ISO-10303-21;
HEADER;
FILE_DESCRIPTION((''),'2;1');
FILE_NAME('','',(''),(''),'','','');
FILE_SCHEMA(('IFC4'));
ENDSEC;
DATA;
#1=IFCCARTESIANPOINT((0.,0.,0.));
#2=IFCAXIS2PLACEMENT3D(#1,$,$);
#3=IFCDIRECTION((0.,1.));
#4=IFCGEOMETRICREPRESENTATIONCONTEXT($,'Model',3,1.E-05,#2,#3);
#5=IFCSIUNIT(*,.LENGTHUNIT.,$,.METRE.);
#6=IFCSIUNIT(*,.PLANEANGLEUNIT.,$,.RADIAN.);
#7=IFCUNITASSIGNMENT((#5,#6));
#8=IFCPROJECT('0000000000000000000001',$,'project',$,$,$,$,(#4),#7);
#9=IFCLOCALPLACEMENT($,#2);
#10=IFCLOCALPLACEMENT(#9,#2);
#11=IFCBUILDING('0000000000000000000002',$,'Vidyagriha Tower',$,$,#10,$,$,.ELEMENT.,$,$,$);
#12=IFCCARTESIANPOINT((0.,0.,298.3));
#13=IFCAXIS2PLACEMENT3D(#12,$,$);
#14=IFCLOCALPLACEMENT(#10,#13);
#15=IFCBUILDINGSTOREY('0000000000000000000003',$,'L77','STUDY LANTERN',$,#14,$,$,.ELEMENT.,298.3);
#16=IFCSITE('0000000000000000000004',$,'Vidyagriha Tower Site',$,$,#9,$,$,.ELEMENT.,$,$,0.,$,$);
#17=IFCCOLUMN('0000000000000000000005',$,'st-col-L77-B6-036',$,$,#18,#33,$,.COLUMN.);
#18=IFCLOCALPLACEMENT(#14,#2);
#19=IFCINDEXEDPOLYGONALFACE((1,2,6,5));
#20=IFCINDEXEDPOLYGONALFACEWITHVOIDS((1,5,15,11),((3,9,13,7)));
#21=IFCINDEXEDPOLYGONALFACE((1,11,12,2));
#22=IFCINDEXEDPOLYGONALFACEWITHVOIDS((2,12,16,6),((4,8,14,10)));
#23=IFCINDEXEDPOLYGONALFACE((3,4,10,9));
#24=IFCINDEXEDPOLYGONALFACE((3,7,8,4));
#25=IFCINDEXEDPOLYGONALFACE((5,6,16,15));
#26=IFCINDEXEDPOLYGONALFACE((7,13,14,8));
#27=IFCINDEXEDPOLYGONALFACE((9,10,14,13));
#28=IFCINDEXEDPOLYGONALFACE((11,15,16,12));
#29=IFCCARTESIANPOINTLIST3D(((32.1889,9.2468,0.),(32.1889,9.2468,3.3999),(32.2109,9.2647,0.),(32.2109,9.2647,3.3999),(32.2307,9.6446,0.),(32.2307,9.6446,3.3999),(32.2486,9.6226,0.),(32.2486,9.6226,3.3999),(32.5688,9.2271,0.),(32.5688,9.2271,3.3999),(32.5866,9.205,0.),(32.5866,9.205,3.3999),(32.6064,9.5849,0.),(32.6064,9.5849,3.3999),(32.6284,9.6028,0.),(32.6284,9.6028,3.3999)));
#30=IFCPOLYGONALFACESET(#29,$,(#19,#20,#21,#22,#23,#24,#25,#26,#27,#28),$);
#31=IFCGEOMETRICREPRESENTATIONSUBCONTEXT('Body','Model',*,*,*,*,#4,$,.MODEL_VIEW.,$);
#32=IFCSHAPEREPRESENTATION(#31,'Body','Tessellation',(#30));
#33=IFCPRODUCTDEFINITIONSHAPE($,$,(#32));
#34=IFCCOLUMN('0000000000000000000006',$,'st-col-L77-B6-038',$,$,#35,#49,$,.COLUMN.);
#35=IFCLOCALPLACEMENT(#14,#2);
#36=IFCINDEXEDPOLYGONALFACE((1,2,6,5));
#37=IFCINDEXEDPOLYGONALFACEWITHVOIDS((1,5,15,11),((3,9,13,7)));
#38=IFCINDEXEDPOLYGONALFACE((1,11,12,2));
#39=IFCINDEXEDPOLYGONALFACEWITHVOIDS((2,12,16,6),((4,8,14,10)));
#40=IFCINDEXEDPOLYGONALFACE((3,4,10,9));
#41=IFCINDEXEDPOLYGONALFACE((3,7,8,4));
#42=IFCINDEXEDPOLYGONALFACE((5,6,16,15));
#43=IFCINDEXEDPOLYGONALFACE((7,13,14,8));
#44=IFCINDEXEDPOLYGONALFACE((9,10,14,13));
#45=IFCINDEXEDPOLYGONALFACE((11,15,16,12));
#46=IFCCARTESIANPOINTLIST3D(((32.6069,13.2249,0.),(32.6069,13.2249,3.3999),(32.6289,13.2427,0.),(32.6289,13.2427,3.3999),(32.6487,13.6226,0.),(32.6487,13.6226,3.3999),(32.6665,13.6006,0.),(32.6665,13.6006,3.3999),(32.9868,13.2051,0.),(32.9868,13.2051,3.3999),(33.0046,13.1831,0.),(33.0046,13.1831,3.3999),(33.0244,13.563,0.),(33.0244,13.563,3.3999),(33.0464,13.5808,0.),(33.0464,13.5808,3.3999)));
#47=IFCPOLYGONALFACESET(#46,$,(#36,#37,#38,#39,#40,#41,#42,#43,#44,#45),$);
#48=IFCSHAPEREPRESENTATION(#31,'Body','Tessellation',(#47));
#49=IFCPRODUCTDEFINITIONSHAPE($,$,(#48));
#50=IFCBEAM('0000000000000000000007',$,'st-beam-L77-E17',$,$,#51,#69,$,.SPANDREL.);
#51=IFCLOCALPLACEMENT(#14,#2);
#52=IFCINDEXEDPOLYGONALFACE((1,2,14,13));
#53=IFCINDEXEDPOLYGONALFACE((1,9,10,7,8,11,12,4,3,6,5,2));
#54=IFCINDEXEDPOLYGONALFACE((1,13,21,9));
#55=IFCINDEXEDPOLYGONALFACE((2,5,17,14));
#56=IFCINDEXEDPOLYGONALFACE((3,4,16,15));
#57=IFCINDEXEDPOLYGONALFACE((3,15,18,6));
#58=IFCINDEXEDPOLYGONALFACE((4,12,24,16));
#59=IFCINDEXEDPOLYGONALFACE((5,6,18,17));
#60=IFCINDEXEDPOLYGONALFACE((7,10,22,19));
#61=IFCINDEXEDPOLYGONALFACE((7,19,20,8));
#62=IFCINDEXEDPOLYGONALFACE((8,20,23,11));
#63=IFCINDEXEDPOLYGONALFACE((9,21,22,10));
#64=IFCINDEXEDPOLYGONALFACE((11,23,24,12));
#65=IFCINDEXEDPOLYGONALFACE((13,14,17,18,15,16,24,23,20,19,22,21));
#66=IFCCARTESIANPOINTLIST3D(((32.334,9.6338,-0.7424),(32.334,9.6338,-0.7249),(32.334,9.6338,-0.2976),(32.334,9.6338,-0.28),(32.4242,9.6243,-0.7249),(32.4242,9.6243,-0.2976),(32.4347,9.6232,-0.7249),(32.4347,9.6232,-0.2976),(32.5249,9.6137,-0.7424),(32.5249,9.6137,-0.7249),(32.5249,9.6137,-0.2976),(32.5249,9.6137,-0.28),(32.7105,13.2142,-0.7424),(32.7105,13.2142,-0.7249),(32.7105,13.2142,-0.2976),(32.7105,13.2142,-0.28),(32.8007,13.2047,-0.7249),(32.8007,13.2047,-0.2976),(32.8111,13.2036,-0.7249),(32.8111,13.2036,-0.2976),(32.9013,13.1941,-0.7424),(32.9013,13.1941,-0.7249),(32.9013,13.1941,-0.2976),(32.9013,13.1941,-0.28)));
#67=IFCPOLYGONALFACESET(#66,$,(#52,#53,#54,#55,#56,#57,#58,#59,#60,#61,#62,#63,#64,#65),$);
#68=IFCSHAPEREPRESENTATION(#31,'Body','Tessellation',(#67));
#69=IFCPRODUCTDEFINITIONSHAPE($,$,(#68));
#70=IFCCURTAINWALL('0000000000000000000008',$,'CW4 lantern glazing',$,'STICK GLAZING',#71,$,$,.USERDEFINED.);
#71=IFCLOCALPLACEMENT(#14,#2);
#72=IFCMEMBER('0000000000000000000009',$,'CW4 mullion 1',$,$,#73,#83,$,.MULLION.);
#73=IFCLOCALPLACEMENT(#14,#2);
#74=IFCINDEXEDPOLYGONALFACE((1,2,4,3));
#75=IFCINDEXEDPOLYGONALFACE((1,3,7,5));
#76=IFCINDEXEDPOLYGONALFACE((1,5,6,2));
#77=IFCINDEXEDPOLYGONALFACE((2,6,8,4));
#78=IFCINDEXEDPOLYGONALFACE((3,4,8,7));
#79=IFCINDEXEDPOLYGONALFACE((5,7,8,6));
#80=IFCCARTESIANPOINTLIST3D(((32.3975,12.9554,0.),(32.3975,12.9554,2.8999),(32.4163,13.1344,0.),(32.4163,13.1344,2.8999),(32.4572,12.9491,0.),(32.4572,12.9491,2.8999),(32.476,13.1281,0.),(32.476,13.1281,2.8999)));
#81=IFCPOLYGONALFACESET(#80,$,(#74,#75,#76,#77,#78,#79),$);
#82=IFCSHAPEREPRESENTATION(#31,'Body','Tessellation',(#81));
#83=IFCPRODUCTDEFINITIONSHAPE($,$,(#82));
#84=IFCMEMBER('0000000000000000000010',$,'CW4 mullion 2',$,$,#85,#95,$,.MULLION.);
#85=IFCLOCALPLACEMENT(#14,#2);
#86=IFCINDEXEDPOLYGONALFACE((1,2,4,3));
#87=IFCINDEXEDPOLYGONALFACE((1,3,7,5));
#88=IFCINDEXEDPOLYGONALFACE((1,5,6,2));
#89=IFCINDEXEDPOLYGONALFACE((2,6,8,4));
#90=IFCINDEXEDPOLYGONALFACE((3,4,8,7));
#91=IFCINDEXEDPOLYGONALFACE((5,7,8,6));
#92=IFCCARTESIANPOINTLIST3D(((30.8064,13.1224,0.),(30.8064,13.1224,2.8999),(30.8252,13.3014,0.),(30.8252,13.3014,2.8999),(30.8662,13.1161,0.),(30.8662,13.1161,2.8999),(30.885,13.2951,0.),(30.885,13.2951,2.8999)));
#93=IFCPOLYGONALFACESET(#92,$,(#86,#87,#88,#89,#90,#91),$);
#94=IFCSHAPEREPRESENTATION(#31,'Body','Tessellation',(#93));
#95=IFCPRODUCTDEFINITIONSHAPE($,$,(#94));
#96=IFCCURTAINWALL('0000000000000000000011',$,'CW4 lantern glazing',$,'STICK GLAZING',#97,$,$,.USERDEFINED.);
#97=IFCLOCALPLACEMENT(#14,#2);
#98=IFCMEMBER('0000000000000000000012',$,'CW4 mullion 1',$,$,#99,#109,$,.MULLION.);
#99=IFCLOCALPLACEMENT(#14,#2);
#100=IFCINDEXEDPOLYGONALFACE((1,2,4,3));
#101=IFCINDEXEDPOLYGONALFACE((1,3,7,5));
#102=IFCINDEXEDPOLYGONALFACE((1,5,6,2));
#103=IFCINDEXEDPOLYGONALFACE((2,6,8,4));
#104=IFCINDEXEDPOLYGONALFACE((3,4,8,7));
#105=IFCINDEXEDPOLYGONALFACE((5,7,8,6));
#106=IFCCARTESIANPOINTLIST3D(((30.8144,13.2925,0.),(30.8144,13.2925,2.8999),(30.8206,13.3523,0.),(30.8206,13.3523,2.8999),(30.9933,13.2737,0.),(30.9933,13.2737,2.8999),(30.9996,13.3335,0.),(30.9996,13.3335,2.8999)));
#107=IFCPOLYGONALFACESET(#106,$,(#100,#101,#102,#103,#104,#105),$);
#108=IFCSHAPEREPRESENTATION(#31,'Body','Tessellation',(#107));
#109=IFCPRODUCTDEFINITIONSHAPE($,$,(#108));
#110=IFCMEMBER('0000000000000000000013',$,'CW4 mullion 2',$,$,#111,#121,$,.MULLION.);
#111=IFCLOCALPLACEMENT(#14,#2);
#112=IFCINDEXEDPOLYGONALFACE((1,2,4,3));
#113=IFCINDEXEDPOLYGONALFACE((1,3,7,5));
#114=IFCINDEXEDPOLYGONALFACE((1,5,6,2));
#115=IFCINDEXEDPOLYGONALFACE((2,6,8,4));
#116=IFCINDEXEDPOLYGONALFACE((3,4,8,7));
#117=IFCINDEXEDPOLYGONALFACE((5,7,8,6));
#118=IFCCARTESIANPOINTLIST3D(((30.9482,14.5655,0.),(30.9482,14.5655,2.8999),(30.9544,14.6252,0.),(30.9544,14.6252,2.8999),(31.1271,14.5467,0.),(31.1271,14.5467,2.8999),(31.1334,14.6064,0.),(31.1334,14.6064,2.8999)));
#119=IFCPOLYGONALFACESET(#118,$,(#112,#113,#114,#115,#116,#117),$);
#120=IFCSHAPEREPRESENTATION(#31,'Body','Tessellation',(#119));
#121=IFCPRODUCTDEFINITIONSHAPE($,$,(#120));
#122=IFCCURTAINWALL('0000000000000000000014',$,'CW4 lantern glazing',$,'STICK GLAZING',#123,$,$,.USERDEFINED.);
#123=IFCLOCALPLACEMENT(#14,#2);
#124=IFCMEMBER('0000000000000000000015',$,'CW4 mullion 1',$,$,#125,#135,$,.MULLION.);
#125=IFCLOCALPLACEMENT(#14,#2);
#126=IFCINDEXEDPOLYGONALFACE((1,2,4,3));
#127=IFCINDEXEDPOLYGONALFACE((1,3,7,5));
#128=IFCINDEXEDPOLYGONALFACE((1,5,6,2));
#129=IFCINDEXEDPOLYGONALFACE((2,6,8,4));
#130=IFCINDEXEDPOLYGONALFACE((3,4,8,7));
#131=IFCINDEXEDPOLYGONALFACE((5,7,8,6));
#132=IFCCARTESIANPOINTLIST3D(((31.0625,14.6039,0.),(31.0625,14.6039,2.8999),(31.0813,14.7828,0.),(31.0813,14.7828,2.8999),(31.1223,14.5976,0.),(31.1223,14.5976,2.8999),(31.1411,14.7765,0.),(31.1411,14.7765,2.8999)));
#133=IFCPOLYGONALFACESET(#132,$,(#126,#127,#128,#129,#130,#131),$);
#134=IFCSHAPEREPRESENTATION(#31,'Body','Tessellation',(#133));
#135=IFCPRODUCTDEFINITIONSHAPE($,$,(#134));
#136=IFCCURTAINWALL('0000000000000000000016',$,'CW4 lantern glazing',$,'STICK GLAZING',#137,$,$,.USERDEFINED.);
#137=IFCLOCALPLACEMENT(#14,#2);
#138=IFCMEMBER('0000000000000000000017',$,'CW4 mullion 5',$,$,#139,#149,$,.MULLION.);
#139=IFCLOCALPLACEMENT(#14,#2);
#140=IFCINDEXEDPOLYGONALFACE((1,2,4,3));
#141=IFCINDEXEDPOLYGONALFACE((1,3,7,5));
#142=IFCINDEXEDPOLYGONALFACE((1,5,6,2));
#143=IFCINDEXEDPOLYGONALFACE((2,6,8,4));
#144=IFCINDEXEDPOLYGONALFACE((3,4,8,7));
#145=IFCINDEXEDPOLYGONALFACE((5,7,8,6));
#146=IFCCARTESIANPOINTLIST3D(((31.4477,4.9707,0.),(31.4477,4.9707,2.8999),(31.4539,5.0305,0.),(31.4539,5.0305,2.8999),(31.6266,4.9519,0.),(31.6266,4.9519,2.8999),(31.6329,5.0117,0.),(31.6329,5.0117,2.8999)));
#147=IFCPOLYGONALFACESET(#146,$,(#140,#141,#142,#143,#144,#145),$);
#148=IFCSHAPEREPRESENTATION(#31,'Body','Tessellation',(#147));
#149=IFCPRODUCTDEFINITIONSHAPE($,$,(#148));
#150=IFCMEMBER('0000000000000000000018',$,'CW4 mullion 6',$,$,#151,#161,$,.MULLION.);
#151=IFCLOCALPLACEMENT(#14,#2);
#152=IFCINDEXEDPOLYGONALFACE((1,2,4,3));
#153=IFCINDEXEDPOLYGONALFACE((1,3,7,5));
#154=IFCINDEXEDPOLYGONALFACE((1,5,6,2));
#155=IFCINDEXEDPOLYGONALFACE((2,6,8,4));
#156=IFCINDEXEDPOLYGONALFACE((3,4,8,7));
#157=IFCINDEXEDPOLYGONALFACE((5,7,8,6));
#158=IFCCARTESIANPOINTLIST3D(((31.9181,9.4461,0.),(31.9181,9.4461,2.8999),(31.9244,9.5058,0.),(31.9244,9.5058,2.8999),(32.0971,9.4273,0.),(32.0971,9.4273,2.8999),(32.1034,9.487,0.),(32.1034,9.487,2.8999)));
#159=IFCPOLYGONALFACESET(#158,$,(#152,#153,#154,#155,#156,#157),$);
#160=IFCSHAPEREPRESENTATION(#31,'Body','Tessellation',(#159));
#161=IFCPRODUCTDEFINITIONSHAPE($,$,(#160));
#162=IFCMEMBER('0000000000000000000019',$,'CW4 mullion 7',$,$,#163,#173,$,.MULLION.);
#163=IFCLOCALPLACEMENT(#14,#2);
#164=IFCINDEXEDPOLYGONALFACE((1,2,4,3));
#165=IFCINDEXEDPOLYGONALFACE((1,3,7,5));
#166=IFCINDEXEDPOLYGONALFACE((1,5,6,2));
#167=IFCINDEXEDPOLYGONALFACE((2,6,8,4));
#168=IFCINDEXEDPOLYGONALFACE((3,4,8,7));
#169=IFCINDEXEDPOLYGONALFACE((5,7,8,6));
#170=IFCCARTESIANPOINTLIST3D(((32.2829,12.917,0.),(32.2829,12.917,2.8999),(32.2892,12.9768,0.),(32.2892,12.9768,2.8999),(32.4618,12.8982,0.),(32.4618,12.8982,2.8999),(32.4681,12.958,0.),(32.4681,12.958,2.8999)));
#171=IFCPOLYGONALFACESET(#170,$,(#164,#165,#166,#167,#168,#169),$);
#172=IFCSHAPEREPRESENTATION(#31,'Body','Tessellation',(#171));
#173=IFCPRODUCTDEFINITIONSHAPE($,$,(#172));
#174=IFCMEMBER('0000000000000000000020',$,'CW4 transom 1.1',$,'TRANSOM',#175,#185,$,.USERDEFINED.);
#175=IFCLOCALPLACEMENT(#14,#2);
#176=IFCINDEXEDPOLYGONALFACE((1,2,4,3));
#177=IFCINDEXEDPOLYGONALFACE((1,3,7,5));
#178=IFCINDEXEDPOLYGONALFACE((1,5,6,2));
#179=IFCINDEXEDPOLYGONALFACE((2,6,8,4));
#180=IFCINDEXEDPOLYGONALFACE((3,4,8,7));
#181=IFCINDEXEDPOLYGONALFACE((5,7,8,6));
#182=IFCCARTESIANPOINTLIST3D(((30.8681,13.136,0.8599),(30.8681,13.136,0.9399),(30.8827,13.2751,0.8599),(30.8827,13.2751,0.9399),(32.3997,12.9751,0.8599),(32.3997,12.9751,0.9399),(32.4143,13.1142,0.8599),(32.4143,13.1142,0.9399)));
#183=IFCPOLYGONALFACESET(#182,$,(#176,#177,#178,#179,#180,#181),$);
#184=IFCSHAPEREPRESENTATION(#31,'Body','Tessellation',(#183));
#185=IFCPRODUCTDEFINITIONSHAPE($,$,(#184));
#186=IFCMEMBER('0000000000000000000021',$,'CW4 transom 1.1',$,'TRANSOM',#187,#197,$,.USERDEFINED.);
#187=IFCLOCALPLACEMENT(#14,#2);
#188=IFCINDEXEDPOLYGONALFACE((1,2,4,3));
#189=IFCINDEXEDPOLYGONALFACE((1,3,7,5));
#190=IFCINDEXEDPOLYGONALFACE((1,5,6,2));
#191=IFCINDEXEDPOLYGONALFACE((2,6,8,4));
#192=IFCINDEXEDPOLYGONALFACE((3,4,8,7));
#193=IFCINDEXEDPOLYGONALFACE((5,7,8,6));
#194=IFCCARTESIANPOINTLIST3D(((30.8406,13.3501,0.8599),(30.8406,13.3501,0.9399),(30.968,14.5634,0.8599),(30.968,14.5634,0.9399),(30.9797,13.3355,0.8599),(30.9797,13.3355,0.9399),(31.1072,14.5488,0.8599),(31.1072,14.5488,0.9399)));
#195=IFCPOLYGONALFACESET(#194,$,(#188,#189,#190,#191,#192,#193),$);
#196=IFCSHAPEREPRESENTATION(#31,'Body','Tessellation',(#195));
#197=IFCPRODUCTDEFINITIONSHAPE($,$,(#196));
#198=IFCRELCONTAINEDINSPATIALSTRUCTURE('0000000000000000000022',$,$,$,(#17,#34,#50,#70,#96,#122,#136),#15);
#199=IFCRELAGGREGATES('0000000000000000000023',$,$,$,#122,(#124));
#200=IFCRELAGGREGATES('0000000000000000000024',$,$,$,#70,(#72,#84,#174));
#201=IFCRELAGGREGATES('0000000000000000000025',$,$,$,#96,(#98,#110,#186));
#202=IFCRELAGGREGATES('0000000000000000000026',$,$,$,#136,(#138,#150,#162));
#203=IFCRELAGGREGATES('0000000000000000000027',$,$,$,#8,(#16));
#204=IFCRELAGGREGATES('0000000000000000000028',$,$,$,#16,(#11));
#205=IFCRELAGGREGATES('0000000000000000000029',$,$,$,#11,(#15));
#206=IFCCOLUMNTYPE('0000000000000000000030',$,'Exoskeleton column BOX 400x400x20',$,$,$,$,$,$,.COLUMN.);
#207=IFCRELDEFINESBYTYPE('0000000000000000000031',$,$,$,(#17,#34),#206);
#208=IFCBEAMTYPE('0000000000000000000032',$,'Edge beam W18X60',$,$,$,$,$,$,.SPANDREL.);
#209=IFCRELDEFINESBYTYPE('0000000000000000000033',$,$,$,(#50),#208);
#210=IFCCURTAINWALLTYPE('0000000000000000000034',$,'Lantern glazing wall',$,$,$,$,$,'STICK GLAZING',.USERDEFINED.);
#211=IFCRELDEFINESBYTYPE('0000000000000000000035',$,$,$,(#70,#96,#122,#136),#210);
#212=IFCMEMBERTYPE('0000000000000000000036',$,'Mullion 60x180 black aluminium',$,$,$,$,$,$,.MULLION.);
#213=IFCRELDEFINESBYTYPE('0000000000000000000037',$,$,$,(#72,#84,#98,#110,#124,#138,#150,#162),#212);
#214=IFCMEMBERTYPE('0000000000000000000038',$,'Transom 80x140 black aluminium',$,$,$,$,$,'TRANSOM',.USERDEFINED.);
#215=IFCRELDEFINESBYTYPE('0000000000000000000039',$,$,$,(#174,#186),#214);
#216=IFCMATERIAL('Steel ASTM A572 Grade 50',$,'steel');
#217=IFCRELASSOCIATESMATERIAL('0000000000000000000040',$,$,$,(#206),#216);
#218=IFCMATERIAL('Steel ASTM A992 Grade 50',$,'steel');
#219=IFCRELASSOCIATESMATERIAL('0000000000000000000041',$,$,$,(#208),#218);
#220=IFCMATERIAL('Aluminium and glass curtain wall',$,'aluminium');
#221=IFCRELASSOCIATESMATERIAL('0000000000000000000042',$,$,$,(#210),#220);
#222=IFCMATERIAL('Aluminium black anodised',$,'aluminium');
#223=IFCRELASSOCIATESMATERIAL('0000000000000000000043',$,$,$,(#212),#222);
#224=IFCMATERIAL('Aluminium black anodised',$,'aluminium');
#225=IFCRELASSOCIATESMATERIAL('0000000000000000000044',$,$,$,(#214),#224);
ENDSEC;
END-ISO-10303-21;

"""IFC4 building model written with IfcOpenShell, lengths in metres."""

from ifc_helpers import new_model, si_unit, direction, frame, origin, origin_2d, place, context, subcontext, project, spatial, rectangle, hollow_rectangle, i_section, extrude, material, material_profile, profile_set, type_object, element, aggregate, save


model = new_model("IFC4")

# Units and contexts
model_context = context("Model", 3, precision=1e-05, world=origin(), true_north=direction((0.0, 1.0)))
body_context = subcontext(model_context, "Body", "Model", "MODEL_VIEW")
ifc_project = project(units=[si_unit("LENGTHUNIT", "METRE"), si_unit("PLANEANGLEUNIT", "RADIAN")], contexts=[model_context])

# Site, building, storey
site_placement = place(None, origin())
site = spatial("IfcSite", under=ifc_project, at=site_placement, Name="Vidyagriha Tower Site", CompositionType="ELEMENT", RefElevation=0.0)
building_placement = place(site_placement, origin())
building = spatial("IfcBuilding", under=site, at=building_placement, Name="Vidyagriha Tower", CompositionType="ELEMENT")
storey_placement = place(building_placement, frame((0.0, 0.0, 298.3)))
storey = spatial("IfcBuildingStorey", under=building, at=storey_placement, Name="L77", Description="STUDY LANTERN", CompositionType="ELEMENT", Elevation=298.3)

# Columns
ifc_material_1 = material(Name="Steel ASTM A572 Grade 50", Category="steel")
ifc_material_profile_1 = material_profile(ifc_material_1, hollow_rectangle(XDim=0.3999, YDim=0.3999, WallThickness=0.02, at=origin_2d()), Name="BOX 400x400x20")
ifc_profile_set_1 = profile_set([ifc_material_profile_1], Name="Steel ASTM A572 Grade 50")
column_type = type_object("IfcColumnType", Name="Exoskeleton column BOX 400x400x20", PredefinedType="COLUMN", material=ifc_profile_set_1)
for number, where, z_axis, x_axis, name in (
    (1, (32.4087, 9.4248, 0.0), (0.0, 0.0, 1.0), (0.994522, -0.104528, 0.0), "st-col-L77-B6-036"),
    (2, (32.8267, 13.4028, 0.0), (0.0, 0.0, 1.0), (0.994522, -0.104528, 0.0), "st-col-L77-B6-038"),
):
    element("IfcColumn", number, at=place(storey_placement, frame(where, z_axis=z_axis, x_axis=x_axis)), inside=storey, type_object=column_type, Name=name, PredefinedType="COLUMN", context=body_context, shape_type="SweptSolid", body=[
        extrude(hollow_rectangle(XDim=0.3999, YDim=0.3999, WallThickness=0.02, at=origin_2d()), origin(), (0.0, 0.0, 1.0), 3.3999),
    ])

# Beam
ifc_material_2 = material(Name="Steel ASTM A992 Grade 50", Category="steel")
ifc_material_profile_2 = material_profile(ifc_material_2, i_section(OverallWidth=0.1919, OverallDepth=0.4624, WebThickness=0.0105, FlangeThickness=0.0176, at=origin_2d()), Name="W18X60")
ifc_profile_set_2 = profile_set([ifc_material_profile_2], Name="Steel ASTM A992 Grade 50")
beam_type = type_object("IfcBeamType", Name="Edge beam W18X60", PredefinedType="SPANDREL", material=ifc_profile_set_2)
beam_placement = place(storey_placement, frame((32.4294, 9.6238, -0.5112), z_axis=(0.104572, 0.994517, 0.0), x_axis=(-0.994517, 0.104572, 0.0)))
element("IfcBeam", 3, at=beam_placement, inside=storey, type_object=beam_type, Name="st-beam-L77-E17", PredefinedType="SPANDREL", context=body_context, shape_type="SweptSolid", body=[
    extrude(i_section(OverallWidth=0.1919, OverallDepth=0.4624, WebThickness=0.0105, FlangeThickness=0.0176, at=origin_2d()), origin(), (0.0, 0.0, 1.0), 3.6001),
])

# Curtain walls, members
ifc_material_3 = material(Name="Aluminium and glass curtain wall", Category="aluminium")
curtain_wall_type = type_object("IfcCurtainWallType", Name="Lantern glazing wall", ElementType="STICK GLAZING", PredefinedType="USERDEFINED", material=ifc_material_3)
curtain_wall_1_placement = place(storey_placement, origin())
curtain_wall_1 = element("IfcCurtainWall", 4, at=curtain_wall_1_placement, inside=storey, type_object=curtain_wall_type, Name="CW4 lantern glazing", ObjectType="STICK GLAZING", PredefinedType="USERDEFINED")
ifc_material_4 = material(Name="Aluminium black anodised", Category="aluminium")
ifc_material_profile_3 = material_profile(ifc_material_4, rectangle(XDim=0.1799, YDim=0.0601, at=origin_2d()), Name="Mullion 60x180 black aluminium")
ifc_profile_set_3 = profile_set([ifc_material_profile_3], Name="Aluminium black anodised")
member_type_1 = type_object("IfcMemberType", Name="Mullion 60x180 black aluminium", PredefinedType="MULLION", material=ifc_profile_set_3)
member_1_placement = place(storey_placement, frame((32.4368, 13.0417, 0.0), z_axis=(0.0, 0.0, 1.0), x_axis=(-0.104465, -0.994529, 0.0)))
member_1 = element("IfcMember", 5, at=member_1_placement, type_object=member_type_1, Name="CW4 mullion 1", PredefinedType="MULLION", context=body_context, shape_type="SweptSolid", body=[
    extrude(rectangle(XDim=0.1799, YDim=0.0601, at=origin_2d()), origin(), (0.0, 0.0, 1.0), 2.8999),
])
member_2_placement = place(storey_placement, frame((30.8457, 13.2087, 0.0), z_axis=(0.0, 0.0, 1.0), x_axis=(-0.104465, -0.994529, 0.0)))
member_2 = element("IfcMember", 6, at=member_2_placement, type_object=member_type_1, Name="CW4 mullion 2", PredefinedType="MULLION", context=body_context, shape_type="SweptSolid", body=[
    extrude(rectangle(XDim=0.1799, YDim=0.0601, at=origin_2d()), origin(), (0.0, 0.0, 1.0), 2.8999),
])
curtain_wall_2_placement = place(storey_placement, origin())
curtain_wall_2 = element("IfcCurtainWall", 7, at=curtain_wall_2_placement, inside=storey, type_object=curtain_wall_type, Name="CW4 lantern glazing", ObjectType="STICK GLAZING", PredefinedType="USERDEFINED")
member_3_placement = place(storey_placement, frame((30.907, 13.313, 0.0), z_axis=(0.0, 0.0, 1.0), x_axis=(-0.994528, 0.104475, 0.0)))
member_3 = element("IfcMember", 8, at=member_3_placement, type_object=member_type_1, Name="CW4 mullion 1", PredefinedType="MULLION", context=body_context, shape_type="SweptSolid", body=[
    extrude(rectangle(XDim=0.1799, YDim=0.0601, at=origin_2d()), origin(), (0.0, 0.0, 1.0), 2.8999),
])
member_4_placement = place(storey_placement, frame((31.0408, 14.5859, 0.0), z_axis=(0.0, 0.0, 1.0), x_axis=(-0.994528, 0.104475, 0.0)))
member_4 = element("IfcMember", 9, at=member_4_placement, type_object=member_type_1, Name="CW4 mullion 2", PredefinedType="MULLION", context=body_context, shape_type="SweptSolid", body=[
    extrude(rectangle(XDim=0.1799, YDim=0.0601, at=origin_2d()), origin(), (0.0, 0.0, 1.0), 2.8999),
])

# Curtain wall, member
curtain_wall_3_placement = place(storey_placement, origin())
curtain_wall_3 = element("IfcCurtainWall", 10, at=curtain_wall_3_placement, inside=storey, type_object=curtain_wall_type, Name="CW4 lantern glazing", ObjectType="STICK GLAZING", PredefinedType="USERDEFINED")
member_5_placement = place(storey_placement, frame((31.1018, 14.6902, 0.0), z_axis=(0.0, 0.0, 1.0), x_axis=(-0.104519, -0.994523, 0.0)))
member_5 = element("IfcMember", 11, at=member_5_placement, type_object=member_type_1, Name="CW4 mullion 1", PredefinedType="MULLION", context=body_context, shape_type="SweptSolid", body=[
    extrude(rectangle(XDim=0.1799, YDim=0.0601, at=origin_2d()), origin(), (0.0, 0.0, 1.0), 2.8999),
])
aggregate(curtain_wall_3, [member_5])

# Curtain wall, members
curtain_wall_4_placement = place(storey_placement, origin())
curtain_wall_4 = element("IfcCurtainWall", 12, at=curtain_wall_4_placement, inside=storey, type_object=curtain_wall_type, Name="CW4 lantern glazing", ObjectType="STICK GLAZING", PredefinedType="USERDEFINED")
member_6_placement = place(storey_placement, frame((31.5403, 4.9912, 0.0), z_axis=(0.0, 0.0, 1.0), x_axis=(-0.994522, 0.104527, 0.0)))
member_6 = element("IfcMember", 13, at=member_6_placement, type_object=member_type_1, Name="CW4 mullion 5", PredefinedType="MULLION", context=body_context, shape_type="SweptSolid", body=[
    extrude(rectangle(XDim=0.1799, YDim=0.0601, at=origin_2d()), origin(), (0.0, 0.0, 1.0), 2.8999),
])
member_7_placement = place(storey_placement, frame((32.0107, 9.4666, 0.0), z_axis=(0.0, 0.0, 1.0), x_axis=(-0.994522, 0.104527, 0.0)))
member_7 = element("IfcMember", 14, at=member_7_placement, type_object=member_type_1, Name="CW4 mullion 6", PredefinedType="MULLION", context=body_context, shape_type="SweptSolid", body=[
    extrude(rectangle(XDim=0.1799, YDim=0.0601, at=origin_2d()), origin(), (0.0, 0.0, 1.0), 2.8999),
])
member_8_placement = place(storey_placement, frame((32.3755, 12.9375, 0.0), z_axis=(0.0, 0.0, 1.0), x_axis=(-0.994522, 0.104527, 0.0)))
member_8 = element("IfcMember", 15, at=member_8_placement, type_object=member_type_1, Name="CW4 mullion 7", PredefinedType="MULLION", context=body_context, shape_type="SweptSolid", body=[
    extrude(rectangle(XDim=0.1799, YDim=0.0601, at=origin_2d()), origin(), (0.0, 0.0, 1.0), 2.8999),
])

# Members
ifc_material_5 = material(Name="Aluminium black anodised", Category="aluminium")
ifc_material_profile_4 = material_profile(ifc_material_5, rectangle(XDim=0.1399, YDim=0.0801, at=origin_2d()), Name="Transom 80x140 black aluminium")
ifc_profile_set_4 = profile_set([ifc_material_profile_4], Name="Aluminium black anodised")
member_type_2 = type_object("IfcMemberType", Name="Transom 80x140 black aluminium", ElementType="TRANSOM", PredefinedType="USERDEFINED", material=ifc_profile_set_4)
member_9_placement = place(storey_placement, frame((32.407, 13.0447, 0.8999), z_axis=(-0.994527, 0.104478, 0.0), x_axis=(-0.104478, -0.994527, 0.0)))
member_9 = element("IfcMember", 16, at=member_9_placement, type_object=member_type_2, Name="CW4 transom 1.1", ObjectType="TRANSOM", PredefinedType="USERDEFINED", context=body_context, shape_type="SweptSolid", body=[
    extrude(rectangle(XDim=0.1399, YDim=0.0801, at=origin_2d()), origin(), (0.0, 0.0, 1.0), 1.54),
])
member_10_placement = place(storey_placement, frame((30.9102, 13.3428, 0.8999), z_axis=(0.104456, 0.99453, 0.0), x_axis=(-0.99453, 0.104456, 0.0)))
member_10 = element("IfcMember", 17, at=member_10_placement, type_object=member_type_2, Name="CW4 transom 1.1", ObjectType="TRANSOM", PredefinedType="USERDEFINED", context=body_context, shape_type="SweptSolid", body=[
    extrude(rectangle(XDim=0.1399, YDim=0.0801, at=origin_2d()), origin(), (0.0, 0.0, 1.0), 1.22),
])

aggregate(curtain_wall_1, [member_1, member_2, member_9])
aggregate(curtain_wall_2, [member_3, member_4, member_10])
aggregate(curtain_wall_4, [member_6, member_7, member_8])

save(model, "model.ifc")
